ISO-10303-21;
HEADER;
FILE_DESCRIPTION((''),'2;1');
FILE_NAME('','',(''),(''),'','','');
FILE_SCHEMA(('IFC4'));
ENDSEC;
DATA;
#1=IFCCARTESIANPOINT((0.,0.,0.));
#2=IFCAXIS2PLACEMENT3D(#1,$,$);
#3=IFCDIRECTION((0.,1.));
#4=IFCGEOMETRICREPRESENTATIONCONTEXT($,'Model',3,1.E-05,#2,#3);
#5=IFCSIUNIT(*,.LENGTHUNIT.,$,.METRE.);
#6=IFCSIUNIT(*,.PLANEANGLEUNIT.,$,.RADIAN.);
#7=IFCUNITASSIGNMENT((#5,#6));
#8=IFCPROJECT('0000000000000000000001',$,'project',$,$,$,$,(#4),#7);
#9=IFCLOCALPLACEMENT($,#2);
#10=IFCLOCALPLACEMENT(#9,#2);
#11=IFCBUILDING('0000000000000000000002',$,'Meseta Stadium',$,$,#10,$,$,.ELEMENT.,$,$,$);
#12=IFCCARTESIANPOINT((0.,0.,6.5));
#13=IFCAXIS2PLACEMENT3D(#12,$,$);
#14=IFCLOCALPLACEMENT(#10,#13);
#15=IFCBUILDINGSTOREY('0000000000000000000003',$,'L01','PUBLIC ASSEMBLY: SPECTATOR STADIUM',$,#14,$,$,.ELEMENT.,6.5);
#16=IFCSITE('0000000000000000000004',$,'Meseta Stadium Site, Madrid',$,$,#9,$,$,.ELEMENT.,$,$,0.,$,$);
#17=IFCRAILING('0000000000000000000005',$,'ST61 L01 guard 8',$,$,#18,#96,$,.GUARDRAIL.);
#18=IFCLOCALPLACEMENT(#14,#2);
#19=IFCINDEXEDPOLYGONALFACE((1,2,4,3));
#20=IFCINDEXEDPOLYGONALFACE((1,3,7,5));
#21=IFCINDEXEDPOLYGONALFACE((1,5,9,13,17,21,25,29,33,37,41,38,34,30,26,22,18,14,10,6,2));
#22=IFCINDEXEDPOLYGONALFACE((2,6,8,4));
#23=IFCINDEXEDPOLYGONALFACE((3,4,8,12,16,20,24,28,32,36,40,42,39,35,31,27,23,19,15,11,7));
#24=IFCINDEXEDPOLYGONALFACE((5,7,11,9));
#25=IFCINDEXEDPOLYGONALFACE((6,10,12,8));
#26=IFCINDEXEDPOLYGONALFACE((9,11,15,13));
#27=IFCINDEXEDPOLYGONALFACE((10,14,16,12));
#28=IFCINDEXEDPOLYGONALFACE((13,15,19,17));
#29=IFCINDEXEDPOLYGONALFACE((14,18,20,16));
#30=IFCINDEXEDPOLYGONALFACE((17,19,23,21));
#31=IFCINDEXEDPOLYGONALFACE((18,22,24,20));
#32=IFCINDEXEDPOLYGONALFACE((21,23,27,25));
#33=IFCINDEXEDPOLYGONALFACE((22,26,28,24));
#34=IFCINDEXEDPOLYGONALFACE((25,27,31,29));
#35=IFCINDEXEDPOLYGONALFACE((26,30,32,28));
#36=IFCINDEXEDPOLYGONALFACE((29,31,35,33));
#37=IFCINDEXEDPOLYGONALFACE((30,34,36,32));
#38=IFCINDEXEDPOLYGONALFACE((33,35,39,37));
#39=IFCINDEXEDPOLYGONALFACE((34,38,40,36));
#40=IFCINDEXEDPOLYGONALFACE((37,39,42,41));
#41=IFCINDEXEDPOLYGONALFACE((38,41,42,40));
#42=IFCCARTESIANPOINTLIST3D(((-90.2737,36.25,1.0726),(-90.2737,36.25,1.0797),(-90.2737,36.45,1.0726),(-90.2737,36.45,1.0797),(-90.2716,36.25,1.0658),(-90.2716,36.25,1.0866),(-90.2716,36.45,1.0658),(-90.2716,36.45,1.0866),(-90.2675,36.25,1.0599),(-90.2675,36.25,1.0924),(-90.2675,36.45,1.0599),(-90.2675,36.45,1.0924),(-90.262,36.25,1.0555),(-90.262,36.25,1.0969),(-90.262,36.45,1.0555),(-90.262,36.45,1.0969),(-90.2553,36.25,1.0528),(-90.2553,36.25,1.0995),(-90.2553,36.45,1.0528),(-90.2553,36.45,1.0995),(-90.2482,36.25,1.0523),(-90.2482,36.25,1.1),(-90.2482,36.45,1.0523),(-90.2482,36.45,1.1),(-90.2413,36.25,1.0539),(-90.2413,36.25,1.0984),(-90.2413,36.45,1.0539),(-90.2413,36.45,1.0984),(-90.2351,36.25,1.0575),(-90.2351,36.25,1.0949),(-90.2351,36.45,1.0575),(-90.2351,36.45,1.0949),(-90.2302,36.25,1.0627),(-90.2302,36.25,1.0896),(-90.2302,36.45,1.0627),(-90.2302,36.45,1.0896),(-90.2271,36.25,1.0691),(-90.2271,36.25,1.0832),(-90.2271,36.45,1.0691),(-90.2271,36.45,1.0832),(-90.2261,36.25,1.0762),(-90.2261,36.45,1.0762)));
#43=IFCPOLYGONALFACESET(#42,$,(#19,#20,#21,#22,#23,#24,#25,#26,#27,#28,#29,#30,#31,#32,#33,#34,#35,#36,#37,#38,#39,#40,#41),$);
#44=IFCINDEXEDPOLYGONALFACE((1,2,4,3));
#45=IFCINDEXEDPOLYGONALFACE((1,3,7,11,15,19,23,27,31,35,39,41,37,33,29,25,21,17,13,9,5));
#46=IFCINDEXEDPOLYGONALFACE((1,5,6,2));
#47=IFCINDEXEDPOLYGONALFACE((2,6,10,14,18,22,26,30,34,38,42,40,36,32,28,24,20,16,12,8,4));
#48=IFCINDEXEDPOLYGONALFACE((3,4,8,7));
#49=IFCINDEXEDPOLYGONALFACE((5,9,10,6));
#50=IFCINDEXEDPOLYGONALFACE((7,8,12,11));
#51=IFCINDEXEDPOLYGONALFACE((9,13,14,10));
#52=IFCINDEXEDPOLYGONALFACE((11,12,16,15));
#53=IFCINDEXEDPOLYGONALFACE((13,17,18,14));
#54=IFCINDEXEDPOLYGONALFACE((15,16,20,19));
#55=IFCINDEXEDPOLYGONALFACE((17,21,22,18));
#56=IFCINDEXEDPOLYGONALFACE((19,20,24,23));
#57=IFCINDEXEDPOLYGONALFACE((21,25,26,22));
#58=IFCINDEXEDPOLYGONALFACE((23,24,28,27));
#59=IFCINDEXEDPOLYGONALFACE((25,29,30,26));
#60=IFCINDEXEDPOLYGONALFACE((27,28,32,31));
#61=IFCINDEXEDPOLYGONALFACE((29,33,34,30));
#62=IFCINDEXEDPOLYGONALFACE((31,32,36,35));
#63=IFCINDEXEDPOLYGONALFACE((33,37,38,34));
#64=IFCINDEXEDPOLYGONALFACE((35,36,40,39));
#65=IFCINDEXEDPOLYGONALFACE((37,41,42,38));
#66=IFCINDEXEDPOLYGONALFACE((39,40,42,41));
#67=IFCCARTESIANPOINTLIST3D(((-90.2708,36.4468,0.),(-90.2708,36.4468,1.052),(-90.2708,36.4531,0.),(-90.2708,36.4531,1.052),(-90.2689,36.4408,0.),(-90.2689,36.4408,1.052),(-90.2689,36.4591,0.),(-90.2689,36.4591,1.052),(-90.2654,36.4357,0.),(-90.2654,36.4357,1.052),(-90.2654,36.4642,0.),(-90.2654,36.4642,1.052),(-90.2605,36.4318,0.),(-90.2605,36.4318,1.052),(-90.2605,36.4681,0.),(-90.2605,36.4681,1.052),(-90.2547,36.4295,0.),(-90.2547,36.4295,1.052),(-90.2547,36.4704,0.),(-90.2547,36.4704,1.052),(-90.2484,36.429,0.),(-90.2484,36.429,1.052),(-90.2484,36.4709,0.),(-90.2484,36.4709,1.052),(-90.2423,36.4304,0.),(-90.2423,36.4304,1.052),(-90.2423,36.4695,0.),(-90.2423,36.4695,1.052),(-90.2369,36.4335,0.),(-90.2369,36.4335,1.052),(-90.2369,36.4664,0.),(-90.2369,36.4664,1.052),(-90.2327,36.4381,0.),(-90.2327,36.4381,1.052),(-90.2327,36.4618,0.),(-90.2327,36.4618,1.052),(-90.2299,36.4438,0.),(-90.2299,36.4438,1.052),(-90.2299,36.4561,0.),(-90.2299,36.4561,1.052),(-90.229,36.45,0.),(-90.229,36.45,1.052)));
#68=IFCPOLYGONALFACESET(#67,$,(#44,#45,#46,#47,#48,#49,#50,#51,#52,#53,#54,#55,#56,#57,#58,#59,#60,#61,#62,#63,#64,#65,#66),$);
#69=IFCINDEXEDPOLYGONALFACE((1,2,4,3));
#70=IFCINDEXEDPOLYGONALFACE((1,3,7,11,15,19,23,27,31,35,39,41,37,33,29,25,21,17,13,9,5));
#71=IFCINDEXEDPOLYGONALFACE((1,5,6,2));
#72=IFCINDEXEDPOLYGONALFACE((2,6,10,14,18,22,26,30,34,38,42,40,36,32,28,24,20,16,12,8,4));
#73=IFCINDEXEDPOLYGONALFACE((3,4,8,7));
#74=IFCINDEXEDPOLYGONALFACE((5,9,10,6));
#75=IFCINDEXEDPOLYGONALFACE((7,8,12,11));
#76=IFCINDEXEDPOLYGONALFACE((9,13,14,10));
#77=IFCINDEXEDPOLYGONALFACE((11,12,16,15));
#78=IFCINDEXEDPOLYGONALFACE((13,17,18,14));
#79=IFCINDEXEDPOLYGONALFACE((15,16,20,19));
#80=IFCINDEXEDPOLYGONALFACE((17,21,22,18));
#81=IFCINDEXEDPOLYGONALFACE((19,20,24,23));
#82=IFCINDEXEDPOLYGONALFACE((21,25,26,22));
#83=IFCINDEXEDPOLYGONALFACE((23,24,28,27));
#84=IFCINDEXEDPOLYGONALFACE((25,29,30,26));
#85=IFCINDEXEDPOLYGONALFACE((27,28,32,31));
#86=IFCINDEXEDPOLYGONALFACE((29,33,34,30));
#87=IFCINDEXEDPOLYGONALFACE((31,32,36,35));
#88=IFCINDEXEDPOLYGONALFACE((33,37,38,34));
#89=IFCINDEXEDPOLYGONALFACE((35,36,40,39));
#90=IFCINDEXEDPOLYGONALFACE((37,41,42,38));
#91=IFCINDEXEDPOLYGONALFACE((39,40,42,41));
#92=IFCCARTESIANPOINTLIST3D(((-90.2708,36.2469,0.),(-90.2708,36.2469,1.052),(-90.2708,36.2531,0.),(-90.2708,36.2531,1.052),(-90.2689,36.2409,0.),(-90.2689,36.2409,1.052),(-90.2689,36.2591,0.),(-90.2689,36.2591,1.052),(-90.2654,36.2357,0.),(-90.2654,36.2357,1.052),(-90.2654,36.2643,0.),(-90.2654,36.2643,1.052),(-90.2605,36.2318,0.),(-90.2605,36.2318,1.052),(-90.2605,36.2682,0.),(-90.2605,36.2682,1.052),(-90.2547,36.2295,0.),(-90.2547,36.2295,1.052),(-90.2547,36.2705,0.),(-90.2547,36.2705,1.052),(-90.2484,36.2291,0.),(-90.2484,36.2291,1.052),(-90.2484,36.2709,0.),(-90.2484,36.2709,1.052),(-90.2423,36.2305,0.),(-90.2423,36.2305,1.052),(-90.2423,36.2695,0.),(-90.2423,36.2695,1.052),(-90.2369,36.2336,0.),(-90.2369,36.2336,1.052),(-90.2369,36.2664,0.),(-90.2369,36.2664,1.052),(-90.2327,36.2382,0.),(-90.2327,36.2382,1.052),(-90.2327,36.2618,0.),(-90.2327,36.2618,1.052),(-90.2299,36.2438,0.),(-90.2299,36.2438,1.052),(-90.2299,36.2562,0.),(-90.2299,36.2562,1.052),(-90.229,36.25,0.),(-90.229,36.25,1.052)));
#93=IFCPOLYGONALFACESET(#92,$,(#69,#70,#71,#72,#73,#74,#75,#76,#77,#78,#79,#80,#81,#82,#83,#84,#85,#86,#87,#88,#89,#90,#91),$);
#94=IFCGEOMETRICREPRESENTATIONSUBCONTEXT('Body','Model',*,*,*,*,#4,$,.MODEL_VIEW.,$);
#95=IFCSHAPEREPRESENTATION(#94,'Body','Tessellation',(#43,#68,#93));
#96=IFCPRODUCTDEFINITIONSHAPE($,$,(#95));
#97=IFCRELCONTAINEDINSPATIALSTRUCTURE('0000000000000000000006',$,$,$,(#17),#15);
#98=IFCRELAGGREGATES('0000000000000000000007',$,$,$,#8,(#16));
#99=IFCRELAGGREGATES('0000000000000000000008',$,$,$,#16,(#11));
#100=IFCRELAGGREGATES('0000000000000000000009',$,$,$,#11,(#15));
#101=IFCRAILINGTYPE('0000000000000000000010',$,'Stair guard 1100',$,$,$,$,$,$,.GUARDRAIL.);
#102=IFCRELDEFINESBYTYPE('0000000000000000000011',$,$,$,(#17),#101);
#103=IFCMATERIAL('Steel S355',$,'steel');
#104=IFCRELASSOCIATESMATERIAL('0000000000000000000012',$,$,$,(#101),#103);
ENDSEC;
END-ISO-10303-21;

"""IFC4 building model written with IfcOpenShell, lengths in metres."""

from ifc_helpers import new_model, si_unit, direction, frame, origin, origin_2d, place, context, subcontext, project, spatial, circle, extrude, material, type_object, element, save


model = new_model("IFC4")

# Units and contexts
model_context = context("Model", 3, precision=1e-05, world=origin(), true_north=direction((0.0, 1.0)))
body_context = subcontext(model_context, "Body", "Model", "MODEL_VIEW")
ifc_project = project(units=[si_unit("LENGTHUNIT", "METRE"), si_unit("PLANEANGLEUNIT", "RADIAN")], contexts=[model_context])

# Site, building, storey
site_placement = place(None, origin())
site = spatial("IfcSite", under=ifc_project, at=site_placement, Name="Meseta Stadium Site, Madrid", CompositionType="ELEMENT", RefElevation=0.0)
building_placement = place(site_placement, origin())
building = spatial("IfcBuilding", under=site, at=building_placement, Name="Meseta Stadium", CompositionType="ELEMENT")
storey_placement = place(building_placement, frame((0.0, 0.0, 6.5)))
storey = spatial("IfcBuildingStorey", under=building, at=storey_placement, Name="L01", Description="PUBLIC ASSEMBLY: SPECTATOR STADIUM", CompositionType="ELEMENT", Elevation=6.5)

# Railing
ifc_material_1 = material(Name="Steel S355", Category="steel")
railing_type_1 = type_object("IfcRailingType", Name="Stair guard 1100", PredefinedType="GUARDRAIL", material=ifc_material_1)
railing_1_placement = place(storey_placement, frame((-90.25, 36.45, 0.0)))
element("IfcRailing", 1, at=railing_1_placement, inside=storey, type_object=railing_type_1, Name="ST61 L01 guard 8", PredefinedType="GUARDRAIL", context=body_context, shape_type="SweptSolid", body=[
    extrude(circle(Radius=0.0239, at=origin_2d()), frame((0.0, 0.0, 1.0762), z_axis=(0.0, -1.0, 0.0), x_axis=(1.0, 0.0, 0.0)), (0.0, 0.0, 1.0), 0.2),
    extrude(circle(Radius=0.021, at=origin_2d()), origin(), (0.0, 0.0, 1.0), 1.052),
    extrude(circle(Radius=0.021, at=origin_2d()), frame((0.0, -0.2, 0.0)), (0.0, 0.0, 1.0), 1.052),
])

save(model, "model.ifc")
